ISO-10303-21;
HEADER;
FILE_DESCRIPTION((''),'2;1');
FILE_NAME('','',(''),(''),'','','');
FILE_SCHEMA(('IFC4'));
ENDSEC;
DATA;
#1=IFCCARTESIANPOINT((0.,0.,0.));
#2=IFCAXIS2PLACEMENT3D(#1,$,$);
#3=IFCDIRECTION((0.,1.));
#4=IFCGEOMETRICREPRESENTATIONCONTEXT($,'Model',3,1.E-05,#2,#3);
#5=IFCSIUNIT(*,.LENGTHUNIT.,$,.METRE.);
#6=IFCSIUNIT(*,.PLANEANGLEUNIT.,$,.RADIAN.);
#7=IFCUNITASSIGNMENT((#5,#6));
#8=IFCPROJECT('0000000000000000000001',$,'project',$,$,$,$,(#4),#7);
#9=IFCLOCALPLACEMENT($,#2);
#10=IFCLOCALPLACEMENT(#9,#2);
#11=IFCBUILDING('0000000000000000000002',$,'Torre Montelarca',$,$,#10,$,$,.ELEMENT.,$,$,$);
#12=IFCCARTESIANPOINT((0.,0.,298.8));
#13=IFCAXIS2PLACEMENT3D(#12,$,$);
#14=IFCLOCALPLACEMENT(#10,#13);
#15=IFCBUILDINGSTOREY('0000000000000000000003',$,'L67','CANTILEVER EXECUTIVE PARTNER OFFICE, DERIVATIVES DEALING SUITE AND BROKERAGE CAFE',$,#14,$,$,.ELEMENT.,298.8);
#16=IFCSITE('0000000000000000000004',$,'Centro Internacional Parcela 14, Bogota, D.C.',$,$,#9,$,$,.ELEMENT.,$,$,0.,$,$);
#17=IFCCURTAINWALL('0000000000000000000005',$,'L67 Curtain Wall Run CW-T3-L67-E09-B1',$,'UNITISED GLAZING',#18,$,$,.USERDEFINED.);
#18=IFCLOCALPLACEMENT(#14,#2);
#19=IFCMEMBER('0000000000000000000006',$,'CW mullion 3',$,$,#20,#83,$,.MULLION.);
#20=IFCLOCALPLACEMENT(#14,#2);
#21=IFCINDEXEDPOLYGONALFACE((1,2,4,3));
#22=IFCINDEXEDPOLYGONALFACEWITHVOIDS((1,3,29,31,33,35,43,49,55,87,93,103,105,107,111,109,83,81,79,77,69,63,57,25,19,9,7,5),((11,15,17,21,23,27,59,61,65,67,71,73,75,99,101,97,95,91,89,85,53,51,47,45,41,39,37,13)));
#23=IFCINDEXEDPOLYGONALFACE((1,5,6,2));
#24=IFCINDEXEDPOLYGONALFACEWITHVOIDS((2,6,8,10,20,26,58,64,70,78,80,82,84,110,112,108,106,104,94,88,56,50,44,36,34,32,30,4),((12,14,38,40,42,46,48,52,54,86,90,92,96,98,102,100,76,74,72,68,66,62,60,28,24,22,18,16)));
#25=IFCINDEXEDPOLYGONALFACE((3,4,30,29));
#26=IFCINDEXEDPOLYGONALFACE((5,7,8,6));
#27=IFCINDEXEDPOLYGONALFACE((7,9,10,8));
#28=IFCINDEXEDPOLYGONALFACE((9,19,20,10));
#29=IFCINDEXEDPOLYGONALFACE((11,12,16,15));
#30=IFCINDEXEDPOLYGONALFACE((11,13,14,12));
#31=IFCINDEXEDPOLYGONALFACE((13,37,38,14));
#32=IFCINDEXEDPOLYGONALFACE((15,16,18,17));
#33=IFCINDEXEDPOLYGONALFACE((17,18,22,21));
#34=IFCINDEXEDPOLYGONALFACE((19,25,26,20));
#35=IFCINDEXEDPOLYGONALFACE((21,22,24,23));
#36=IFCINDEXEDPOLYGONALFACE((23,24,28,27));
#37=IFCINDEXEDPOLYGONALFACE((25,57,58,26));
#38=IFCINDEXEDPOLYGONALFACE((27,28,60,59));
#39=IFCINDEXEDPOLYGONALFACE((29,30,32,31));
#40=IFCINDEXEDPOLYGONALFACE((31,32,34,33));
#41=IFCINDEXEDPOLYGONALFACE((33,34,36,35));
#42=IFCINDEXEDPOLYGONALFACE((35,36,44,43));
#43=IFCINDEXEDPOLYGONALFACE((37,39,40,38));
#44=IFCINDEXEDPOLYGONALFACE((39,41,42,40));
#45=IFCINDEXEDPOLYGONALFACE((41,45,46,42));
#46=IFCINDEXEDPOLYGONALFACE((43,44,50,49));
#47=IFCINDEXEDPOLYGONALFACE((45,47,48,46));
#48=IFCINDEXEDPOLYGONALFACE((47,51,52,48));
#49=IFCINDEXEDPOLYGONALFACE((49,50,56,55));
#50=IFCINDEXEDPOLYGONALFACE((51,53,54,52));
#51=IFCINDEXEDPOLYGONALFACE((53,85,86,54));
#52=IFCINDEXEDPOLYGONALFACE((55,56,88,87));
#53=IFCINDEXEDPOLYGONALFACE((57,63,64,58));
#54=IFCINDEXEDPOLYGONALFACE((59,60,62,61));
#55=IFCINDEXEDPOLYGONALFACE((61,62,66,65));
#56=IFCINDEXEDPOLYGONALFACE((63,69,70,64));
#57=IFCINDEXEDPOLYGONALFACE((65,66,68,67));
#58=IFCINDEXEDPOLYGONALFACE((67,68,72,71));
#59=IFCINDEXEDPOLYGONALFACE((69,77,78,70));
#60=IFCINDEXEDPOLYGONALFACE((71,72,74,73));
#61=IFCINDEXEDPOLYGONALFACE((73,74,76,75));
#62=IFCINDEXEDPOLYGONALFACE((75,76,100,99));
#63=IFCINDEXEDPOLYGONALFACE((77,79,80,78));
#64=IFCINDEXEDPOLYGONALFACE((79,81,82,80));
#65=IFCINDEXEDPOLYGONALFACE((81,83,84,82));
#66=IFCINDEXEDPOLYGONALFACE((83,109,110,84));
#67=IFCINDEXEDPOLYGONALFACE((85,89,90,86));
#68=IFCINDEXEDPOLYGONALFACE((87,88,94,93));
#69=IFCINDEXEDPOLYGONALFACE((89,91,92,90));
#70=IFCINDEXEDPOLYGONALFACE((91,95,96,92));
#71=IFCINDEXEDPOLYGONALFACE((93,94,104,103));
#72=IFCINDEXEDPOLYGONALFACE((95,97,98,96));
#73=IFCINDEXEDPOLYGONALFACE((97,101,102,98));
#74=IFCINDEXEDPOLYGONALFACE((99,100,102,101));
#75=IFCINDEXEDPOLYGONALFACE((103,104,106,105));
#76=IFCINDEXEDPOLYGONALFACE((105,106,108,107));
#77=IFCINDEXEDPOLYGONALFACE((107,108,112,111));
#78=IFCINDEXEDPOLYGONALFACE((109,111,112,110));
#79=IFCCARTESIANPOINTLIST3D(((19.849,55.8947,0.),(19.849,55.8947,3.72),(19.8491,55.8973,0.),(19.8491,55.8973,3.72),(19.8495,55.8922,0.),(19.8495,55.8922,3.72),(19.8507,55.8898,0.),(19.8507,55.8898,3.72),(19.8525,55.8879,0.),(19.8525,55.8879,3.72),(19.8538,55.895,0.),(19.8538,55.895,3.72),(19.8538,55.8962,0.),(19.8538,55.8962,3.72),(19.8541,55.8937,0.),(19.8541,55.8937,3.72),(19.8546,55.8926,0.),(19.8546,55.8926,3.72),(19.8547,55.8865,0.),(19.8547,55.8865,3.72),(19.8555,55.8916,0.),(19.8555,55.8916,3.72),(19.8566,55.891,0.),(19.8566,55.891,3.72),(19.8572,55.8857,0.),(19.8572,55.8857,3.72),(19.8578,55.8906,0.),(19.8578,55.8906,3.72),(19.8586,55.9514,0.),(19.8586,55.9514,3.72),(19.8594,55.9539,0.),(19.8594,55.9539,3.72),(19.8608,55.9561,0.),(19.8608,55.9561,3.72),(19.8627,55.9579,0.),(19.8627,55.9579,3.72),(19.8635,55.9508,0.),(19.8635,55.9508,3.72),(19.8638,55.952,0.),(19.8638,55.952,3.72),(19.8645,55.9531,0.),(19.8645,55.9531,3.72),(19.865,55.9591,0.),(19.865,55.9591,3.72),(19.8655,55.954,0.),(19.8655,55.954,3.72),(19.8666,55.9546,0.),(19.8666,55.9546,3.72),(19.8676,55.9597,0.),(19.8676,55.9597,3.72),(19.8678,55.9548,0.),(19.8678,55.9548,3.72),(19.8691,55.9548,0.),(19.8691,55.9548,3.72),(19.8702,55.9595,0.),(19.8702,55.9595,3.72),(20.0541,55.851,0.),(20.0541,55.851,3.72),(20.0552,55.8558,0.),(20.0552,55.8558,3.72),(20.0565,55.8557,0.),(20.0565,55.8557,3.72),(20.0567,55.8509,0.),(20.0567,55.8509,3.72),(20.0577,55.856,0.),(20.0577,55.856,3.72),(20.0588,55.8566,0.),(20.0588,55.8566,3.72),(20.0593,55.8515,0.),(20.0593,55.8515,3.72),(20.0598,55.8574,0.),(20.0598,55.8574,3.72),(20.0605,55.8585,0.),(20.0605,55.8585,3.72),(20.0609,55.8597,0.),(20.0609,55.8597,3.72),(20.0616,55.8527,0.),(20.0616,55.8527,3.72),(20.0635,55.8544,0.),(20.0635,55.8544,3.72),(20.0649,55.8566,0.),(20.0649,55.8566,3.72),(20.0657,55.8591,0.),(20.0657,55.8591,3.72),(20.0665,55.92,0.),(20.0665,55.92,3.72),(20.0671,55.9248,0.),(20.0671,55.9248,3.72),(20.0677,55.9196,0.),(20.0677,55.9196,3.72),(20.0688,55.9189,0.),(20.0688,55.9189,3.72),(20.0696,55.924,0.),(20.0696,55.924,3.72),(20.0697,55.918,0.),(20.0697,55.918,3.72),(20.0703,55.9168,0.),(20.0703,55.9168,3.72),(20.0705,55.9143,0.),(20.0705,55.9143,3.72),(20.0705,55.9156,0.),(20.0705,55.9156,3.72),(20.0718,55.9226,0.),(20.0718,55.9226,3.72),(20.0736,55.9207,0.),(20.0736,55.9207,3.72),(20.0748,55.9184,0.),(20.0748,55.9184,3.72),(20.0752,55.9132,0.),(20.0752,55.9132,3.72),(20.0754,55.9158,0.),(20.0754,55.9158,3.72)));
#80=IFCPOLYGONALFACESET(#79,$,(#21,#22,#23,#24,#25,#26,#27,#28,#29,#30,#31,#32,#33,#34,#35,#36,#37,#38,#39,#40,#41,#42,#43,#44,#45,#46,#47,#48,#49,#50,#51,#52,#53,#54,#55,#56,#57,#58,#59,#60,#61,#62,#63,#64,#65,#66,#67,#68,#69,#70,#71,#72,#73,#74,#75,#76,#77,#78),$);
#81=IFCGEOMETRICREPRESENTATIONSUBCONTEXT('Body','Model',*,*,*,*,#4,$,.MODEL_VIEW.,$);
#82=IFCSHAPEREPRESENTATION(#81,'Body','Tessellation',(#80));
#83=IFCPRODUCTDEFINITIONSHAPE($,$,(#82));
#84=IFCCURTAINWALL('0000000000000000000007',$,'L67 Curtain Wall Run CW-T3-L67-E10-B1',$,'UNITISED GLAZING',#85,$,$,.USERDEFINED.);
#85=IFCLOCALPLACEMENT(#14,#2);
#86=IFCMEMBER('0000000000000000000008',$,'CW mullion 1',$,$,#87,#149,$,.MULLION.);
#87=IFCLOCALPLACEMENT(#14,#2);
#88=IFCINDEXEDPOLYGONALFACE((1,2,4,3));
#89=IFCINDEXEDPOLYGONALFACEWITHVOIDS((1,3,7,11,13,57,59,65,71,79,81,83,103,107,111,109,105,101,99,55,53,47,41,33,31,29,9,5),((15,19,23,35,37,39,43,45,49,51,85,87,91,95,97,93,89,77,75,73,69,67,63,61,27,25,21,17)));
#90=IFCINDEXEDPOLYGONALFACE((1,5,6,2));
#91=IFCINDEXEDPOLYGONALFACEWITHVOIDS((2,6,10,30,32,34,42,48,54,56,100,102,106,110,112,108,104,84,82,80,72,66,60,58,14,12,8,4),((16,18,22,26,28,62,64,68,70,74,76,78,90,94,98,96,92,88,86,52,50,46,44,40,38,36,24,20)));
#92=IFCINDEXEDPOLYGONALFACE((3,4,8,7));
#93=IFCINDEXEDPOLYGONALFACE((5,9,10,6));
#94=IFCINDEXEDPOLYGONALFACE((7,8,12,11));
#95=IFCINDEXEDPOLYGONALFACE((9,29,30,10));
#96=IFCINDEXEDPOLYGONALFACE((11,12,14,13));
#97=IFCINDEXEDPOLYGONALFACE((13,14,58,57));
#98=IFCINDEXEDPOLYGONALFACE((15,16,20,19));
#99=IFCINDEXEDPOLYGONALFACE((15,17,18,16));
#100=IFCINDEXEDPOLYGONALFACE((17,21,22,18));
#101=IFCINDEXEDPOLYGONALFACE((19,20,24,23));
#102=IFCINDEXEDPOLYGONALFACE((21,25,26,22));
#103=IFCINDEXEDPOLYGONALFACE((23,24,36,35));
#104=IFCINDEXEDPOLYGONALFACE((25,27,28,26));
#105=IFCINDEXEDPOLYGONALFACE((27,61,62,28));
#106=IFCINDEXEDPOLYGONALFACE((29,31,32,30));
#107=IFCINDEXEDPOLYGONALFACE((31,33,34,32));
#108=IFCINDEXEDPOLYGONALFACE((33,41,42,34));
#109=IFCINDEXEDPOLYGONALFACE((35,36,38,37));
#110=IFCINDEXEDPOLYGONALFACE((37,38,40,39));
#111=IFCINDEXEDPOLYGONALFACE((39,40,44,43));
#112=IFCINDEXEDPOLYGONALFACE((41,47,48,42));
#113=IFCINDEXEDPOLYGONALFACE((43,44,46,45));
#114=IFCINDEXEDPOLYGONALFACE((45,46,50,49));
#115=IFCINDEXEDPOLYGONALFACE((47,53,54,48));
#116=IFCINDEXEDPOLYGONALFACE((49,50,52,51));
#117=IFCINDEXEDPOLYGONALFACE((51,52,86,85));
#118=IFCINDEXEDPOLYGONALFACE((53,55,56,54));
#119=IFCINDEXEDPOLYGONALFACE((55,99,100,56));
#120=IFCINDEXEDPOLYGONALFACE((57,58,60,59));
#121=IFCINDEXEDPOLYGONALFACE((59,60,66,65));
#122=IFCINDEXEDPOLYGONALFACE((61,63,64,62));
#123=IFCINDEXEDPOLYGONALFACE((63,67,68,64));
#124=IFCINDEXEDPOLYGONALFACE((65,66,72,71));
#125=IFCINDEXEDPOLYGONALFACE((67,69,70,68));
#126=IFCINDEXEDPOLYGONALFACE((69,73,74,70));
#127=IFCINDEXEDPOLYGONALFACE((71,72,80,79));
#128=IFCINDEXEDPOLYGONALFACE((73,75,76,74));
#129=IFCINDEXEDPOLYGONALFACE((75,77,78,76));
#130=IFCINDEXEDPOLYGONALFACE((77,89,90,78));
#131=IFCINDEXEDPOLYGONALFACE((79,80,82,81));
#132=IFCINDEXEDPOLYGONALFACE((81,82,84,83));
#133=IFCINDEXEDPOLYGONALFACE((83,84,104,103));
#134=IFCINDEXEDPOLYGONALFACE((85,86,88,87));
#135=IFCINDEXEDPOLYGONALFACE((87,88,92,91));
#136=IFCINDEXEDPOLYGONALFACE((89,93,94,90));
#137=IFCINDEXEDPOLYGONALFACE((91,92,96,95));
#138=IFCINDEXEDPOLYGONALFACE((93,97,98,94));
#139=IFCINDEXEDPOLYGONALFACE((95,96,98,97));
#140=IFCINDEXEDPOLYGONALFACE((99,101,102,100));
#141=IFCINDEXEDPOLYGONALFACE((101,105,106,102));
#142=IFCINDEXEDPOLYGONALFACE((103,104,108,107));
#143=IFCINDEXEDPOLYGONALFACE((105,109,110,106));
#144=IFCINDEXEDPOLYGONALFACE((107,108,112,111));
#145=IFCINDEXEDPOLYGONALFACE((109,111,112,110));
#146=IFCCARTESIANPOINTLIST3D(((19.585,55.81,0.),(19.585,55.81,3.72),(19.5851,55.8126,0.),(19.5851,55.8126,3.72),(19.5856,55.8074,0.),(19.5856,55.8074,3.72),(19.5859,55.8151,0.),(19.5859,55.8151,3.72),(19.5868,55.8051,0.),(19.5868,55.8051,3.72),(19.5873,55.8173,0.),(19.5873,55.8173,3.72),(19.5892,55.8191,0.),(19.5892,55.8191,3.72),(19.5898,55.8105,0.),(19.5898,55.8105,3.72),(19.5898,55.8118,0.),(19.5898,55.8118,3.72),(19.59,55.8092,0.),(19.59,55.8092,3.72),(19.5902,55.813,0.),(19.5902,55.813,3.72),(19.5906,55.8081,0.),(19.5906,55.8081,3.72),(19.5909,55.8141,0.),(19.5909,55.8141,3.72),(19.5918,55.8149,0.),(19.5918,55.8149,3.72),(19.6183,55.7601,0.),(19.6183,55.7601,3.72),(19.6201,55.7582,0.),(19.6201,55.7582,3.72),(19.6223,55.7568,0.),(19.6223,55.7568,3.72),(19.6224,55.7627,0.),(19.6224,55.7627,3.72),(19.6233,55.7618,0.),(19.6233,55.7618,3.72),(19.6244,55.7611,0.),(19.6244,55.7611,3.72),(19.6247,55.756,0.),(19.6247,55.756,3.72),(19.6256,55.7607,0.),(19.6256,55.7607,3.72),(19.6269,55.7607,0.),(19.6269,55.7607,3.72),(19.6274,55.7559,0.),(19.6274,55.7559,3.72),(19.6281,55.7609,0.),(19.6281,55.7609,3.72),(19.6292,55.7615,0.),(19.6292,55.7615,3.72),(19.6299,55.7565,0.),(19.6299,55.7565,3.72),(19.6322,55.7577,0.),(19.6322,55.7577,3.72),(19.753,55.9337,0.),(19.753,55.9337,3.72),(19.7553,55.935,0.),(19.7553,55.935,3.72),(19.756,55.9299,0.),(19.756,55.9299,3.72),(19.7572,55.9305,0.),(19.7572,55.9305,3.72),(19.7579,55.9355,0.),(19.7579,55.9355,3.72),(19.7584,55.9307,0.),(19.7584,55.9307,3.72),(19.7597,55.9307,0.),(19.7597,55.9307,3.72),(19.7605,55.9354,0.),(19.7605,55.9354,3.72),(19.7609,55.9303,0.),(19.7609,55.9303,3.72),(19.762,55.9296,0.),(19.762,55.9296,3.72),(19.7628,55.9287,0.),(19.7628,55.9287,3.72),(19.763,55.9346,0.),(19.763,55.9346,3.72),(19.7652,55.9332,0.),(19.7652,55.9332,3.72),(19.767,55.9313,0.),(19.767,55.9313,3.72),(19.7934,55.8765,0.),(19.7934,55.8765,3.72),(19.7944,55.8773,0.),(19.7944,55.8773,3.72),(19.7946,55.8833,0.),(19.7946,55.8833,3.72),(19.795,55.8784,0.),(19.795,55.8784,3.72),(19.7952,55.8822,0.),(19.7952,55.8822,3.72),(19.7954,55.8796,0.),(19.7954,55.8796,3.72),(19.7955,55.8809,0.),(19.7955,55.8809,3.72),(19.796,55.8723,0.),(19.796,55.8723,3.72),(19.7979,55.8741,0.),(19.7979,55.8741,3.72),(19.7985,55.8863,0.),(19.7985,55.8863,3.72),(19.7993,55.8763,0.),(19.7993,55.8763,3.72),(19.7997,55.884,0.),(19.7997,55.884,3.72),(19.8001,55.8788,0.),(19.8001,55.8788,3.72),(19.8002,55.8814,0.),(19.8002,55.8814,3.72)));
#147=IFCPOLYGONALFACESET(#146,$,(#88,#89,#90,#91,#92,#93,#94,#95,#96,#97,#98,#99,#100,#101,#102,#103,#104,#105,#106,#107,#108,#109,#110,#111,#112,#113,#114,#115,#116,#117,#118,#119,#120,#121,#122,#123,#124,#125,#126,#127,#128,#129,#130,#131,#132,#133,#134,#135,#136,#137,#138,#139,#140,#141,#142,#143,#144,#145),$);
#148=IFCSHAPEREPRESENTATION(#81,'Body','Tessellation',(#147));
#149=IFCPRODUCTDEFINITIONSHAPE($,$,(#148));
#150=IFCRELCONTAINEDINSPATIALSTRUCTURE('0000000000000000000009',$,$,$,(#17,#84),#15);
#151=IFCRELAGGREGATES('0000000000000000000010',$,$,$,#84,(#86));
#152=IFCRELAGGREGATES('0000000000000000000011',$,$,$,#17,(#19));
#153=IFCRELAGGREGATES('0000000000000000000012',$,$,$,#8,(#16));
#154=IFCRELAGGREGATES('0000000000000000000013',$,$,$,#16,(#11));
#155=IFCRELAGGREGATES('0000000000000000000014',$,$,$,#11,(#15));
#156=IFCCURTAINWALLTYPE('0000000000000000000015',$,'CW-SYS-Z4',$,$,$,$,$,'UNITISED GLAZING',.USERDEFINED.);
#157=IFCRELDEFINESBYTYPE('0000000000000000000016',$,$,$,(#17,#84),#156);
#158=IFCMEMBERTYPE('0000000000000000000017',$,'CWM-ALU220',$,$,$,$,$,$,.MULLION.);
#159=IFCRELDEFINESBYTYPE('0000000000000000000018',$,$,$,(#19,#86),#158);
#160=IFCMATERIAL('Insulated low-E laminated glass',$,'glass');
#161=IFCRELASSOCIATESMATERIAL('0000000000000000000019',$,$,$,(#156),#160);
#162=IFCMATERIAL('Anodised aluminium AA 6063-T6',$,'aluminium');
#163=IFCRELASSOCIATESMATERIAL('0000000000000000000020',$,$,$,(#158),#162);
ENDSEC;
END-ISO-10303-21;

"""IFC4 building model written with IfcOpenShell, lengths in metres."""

from ifc_helpers import new_model, si_unit, direction, frame, origin, origin_2d, place, context, subcontext, project, spatial, hollow_rectangle, extrude, source, transform, mapped, material, material_profile, profile_set, type_object, element, aggregate, save


model = new_model("IFC4")

# Units and contexts
model_context = context("Model", 3, precision=1e-05, world=origin(), true_north=direction((0.0, 1.0)))
body_context = subcontext(model_context, "Body", "Model", "MODEL_VIEW")
ifc_project = project(units=[si_unit("LENGTHUNIT", "METRE"), si_unit("PLANEANGLEUNIT", "RADIAN")], contexts=[model_context])

# Site, building, storey
site_placement = place(None, origin())
site = spatial("IfcSite", under=ifc_project, at=site_placement, Name="Centro Internacional Parcela 14, Bogota, D.C.", CompositionType="ELEMENT", RefElevation=0.0)
building_placement = place(site_placement, origin())
building = spatial("IfcBuilding", under=site, at=building_placement, Name="Torre Montelarca", CompositionType="ELEMENT")
storey_placement = place(building_placement, frame((0.0, 0.0, 298.8)))
storey = spatial("IfcBuildingStorey", under=building, at=storey_placement, Name="L67", Description="CANTILEVER EXECUTIVE PARTNER OFFICE, DERIVATIVES DEALING SUITE AND BROKERAGE CAFE", CompositionType="ELEMENT", Elevation=298.8)

# Shared definitions
ifc_material_1 = material(Name="Insulated low-E laminated glass", Category="glass")
curtain_wall_type = type_object("IfcCurtainWallType", Name="CW-SYS-Z4", ElementType="UNITISED GLAZING", PredefinedType="USERDEFINED", material=ifc_material_1)
ifc_material_2 = material(Name="Anodised aluminium AA 6063-T6", Category="aluminium")
ifc_material_profile_1 = material_profile(ifc_material_2, hollow_rectangle(XDim=0.075, YDim=0.22, WallThickness=0.0049, InnerFilletRadius=0.0049, OuterFilletRadius=0.01, at=origin_2d()), Name="ALU75X220X5", Category="aluminium")
ifc_profile_set_1 = profile_set([ifc_material_profile_1], Name="Anodised aluminium AA 6063-T6")
member_type_1 = type_object("IfcMemberType", Name="CWM-ALU220", PredefinedType="MULLION", material=ifc_profile_set_1)
shared_shape_1 = source(origin(), body_context, "Body", "SweptSolid", [
    extrude(hollow_rectangle(XDim=0.075, YDim=0.22, WallThickness=0.0049, InnerFilletRadius=0.0049, OuterFilletRadius=0.01, at=origin_2d()), origin(), (0.0, 0.0, 1.0), 3.72),
])

# Curtain wall, member
curtain_wall_1_placement = place(storey_placement, origin())
curtain_wall_1 = element("IfcCurtainWall", 1, at=curtain_wall_1_placement, inside=storey, type_object=curtain_wall_type, Name="L67 Curtain Wall Run CW-T3-L67-E09-B1", ObjectType="UNITISED GLAZING", PredefinedType="USERDEFINED")
member_1_placement = place(storey_placement, frame((19.9622, 55.9053, 0.0), z_axis=(0.0, 0.0, 1.0), x_axis=(-0.173635, -0.98481, 0.0)))
member_1 = element("IfcMember", 2, at=member_1_placement, type_object=member_type_1, Name="CW mullion 3", PredefinedType="MULLION", context=body_context, shape_type="MappedRepresentation", body=[
    mapped(shared_shape_1, transform((0.0, 0.0, 0.0), scale=1.0)),
])

# Curtain wall, member
curtain_wall_2_placement = place(storey_placement, origin())
curtain_wall_2 = element("IfcCurtainWall", 3, at=curtain_wall_2_placement, inside=storey, type_object=curtain_wall_type, Name="L67 Curtain Wall Run CW-T3-L67-E10-B1", ObjectType="UNITISED GLAZING", PredefinedType="USERDEFINED")
member_2_placement = place(storey_placement, frame((19.6926, 55.8457, 0.0), z_axis=(0.0, 0.0, 1.0), x_axis=(0.573572, -0.819155, 0.0)))
member_2 = element("IfcMember", 4, at=member_2_placement, type_object=member_type_1, Name="CW mullion 1", PredefinedType="MULLION", context=body_context, shape_type="MappedRepresentation", body=[
    mapped(shared_shape_1, transform((0.0, 0.0, 0.0), scale=1.0)),
])

aggregate(curtain_wall_2, [member_2])

aggregate(curtain_wall_1, [member_1])

save(model, "model.ifc")
